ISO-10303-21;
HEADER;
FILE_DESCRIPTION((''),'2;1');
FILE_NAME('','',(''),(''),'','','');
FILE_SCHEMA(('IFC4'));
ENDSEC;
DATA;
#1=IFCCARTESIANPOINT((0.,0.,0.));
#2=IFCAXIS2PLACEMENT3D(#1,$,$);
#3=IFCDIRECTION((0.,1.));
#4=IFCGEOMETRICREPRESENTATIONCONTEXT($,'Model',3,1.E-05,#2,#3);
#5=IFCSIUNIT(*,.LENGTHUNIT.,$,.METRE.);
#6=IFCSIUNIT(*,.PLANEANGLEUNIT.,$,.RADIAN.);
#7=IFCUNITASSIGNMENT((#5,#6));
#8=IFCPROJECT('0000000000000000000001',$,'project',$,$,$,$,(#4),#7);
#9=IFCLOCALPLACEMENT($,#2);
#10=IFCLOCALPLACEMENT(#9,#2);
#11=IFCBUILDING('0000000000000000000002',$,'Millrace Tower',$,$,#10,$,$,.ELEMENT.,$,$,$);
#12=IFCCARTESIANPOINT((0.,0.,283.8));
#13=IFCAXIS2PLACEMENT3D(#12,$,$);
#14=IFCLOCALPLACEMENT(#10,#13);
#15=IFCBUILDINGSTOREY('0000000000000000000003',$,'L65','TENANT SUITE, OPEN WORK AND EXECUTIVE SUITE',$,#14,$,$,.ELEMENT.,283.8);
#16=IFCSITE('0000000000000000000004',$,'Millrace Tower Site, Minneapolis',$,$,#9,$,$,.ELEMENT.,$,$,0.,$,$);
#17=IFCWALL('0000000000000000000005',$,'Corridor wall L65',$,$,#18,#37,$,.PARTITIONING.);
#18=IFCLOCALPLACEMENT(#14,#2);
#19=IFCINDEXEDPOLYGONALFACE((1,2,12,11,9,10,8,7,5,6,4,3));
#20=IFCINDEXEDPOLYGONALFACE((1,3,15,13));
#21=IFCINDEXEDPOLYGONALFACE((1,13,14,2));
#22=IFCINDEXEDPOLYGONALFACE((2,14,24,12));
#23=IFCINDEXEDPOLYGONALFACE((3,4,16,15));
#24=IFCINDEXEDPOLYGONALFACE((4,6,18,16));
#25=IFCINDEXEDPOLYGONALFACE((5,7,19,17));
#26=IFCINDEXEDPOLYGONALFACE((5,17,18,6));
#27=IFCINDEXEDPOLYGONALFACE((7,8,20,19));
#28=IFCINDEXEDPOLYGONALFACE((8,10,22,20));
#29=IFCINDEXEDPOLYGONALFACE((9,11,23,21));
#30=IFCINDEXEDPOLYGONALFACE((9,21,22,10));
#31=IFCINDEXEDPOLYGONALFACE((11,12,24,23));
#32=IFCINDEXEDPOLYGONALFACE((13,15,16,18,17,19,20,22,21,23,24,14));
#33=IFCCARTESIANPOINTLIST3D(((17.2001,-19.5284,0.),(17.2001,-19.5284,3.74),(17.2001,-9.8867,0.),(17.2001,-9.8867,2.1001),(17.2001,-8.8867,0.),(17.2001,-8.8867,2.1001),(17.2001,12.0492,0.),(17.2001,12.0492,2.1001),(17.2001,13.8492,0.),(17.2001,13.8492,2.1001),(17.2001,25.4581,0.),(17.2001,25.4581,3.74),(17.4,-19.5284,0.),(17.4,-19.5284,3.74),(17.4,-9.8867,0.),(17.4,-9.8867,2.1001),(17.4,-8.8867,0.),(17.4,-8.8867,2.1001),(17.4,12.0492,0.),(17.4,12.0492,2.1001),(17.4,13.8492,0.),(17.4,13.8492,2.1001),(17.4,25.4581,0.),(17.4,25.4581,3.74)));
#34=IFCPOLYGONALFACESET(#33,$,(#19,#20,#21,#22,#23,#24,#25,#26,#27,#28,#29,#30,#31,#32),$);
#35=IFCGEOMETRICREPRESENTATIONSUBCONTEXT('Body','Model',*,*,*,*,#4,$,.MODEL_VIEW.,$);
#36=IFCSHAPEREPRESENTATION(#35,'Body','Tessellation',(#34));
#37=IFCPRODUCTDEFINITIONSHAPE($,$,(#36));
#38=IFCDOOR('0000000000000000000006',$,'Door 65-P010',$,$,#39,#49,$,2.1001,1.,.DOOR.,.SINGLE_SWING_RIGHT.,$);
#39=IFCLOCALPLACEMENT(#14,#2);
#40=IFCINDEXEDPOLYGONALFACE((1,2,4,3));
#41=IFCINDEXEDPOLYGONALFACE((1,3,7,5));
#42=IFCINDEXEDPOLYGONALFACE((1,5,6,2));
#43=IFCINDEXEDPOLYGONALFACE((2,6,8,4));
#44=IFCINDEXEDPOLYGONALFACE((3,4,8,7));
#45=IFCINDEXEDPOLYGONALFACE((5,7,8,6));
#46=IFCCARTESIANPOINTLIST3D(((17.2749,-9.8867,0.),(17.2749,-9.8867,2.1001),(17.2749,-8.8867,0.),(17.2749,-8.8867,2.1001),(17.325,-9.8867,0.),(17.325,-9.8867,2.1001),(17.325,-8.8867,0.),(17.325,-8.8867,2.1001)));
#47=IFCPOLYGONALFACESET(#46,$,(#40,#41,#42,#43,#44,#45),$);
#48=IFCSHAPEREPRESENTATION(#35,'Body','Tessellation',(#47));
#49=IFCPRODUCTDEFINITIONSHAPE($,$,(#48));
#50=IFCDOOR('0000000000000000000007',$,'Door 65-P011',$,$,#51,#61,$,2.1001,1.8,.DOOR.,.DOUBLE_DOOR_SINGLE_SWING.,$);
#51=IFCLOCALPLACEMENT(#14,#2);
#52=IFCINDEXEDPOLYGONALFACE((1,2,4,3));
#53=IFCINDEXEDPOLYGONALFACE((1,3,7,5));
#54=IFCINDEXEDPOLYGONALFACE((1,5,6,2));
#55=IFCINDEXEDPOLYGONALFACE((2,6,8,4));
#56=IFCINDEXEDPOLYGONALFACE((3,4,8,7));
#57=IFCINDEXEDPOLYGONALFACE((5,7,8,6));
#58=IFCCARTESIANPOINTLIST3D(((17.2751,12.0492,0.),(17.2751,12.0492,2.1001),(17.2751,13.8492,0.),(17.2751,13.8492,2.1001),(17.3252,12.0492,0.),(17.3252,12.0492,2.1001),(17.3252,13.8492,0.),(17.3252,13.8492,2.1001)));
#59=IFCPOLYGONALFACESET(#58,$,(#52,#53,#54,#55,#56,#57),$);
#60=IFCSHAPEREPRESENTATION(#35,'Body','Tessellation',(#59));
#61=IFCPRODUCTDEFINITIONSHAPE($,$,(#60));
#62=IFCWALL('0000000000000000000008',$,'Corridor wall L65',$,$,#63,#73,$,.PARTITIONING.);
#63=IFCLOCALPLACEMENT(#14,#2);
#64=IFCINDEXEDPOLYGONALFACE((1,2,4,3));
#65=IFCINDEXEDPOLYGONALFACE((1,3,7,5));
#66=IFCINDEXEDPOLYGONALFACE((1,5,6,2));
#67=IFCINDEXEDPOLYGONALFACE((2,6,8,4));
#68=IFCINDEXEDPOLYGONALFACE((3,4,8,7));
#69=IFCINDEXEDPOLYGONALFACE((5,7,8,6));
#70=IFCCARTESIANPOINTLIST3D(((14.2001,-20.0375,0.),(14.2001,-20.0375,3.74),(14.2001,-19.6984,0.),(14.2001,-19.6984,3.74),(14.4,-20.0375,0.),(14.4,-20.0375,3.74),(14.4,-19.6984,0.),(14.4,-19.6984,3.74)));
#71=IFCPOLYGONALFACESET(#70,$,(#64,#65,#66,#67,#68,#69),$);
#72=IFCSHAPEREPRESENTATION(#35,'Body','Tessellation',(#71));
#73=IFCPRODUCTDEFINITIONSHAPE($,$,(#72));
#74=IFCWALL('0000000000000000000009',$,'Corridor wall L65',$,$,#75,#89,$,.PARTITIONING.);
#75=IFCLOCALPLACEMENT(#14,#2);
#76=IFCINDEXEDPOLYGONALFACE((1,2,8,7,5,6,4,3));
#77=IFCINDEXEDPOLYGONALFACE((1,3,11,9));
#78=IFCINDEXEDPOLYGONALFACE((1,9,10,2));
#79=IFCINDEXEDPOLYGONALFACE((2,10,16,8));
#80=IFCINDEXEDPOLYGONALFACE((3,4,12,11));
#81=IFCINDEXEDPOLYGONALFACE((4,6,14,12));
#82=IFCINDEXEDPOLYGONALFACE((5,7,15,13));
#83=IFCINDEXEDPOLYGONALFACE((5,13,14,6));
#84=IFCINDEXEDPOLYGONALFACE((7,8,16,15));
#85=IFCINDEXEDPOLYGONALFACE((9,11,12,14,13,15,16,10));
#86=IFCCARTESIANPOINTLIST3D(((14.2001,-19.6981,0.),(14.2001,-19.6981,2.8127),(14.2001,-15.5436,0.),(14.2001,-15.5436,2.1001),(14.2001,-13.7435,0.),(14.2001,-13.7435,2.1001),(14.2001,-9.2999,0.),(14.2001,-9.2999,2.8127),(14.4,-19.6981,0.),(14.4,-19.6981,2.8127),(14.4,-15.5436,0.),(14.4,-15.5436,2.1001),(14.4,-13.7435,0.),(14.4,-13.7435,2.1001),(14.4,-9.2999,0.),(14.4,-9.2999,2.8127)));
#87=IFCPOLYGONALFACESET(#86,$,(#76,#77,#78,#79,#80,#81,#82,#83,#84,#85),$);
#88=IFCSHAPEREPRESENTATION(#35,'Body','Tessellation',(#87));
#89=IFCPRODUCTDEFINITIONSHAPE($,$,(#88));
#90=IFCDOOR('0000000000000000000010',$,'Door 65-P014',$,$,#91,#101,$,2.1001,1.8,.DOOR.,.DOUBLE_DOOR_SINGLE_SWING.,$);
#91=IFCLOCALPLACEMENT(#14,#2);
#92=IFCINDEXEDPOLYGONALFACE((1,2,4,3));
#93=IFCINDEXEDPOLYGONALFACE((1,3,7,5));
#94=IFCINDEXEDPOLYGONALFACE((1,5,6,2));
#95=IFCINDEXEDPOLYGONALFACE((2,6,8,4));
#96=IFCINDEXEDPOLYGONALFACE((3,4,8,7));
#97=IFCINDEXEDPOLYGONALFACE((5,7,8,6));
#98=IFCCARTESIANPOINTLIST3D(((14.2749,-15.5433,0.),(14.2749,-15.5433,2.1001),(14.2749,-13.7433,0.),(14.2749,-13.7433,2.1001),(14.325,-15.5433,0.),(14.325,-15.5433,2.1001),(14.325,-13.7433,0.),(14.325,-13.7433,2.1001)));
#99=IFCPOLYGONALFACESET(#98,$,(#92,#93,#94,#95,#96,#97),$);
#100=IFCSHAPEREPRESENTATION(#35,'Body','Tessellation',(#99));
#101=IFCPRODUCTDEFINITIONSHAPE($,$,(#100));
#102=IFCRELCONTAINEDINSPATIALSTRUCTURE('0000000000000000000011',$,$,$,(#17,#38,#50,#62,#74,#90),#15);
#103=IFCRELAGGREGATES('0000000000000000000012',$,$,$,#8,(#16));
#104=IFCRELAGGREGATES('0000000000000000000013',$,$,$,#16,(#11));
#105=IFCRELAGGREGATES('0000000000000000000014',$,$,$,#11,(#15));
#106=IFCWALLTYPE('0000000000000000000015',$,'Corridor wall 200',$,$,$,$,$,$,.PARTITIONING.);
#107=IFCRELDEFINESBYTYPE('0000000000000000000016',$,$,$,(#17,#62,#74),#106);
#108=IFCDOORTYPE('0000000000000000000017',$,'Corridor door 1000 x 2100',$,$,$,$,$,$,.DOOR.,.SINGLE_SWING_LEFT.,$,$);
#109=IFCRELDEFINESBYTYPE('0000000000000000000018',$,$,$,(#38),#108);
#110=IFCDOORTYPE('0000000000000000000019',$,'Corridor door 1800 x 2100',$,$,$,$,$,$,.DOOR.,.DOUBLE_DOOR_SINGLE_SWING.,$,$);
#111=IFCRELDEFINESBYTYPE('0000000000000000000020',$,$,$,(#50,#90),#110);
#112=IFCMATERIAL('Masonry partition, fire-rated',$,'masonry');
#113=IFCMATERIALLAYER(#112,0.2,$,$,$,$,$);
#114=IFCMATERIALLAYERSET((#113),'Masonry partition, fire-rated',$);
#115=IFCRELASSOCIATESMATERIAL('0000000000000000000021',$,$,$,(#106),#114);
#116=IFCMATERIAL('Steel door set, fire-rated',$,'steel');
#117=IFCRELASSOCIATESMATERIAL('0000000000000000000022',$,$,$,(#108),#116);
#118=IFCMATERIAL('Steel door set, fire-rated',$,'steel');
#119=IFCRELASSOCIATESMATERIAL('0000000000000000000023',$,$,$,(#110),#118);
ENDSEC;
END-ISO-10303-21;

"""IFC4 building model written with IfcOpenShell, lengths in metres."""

from ifc_helpers import new_model, si_unit, direction, frame, frame_2d, origin, place, context, subcontext, project, spatial, rectangle, extrude, material, layer, layer_set, type_object, element, fill, save


model = new_model("IFC4")

# Units and contexts
model_context = context("Model", 3, precision=1e-05, world=origin(), true_north=direction((0.0, 1.0)))
body_context = subcontext(model_context, "Body", "Model", "MODEL_VIEW")
ifc_project = project(units=[si_unit("LENGTHUNIT", "METRE"), si_unit("PLANEANGLEUNIT", "RADIAN")], contexts=[model_context])

# Site, building, storey
site_placement = place(None, origin())
site = spatial("IfcSite", under=ifc_project, at=site_placement, Name="Millrace Tower Site, Minneapolis", CompositionType="ELEMENT", RefElevation=0.0)
building_placement = place(site_placement, origin())
building = spatial("IfcBuilding", under=site, at=building_placement, Name="Millrace Tower", CompositionType="ELEMENT")
storey_placement = place(building_placement, frame((0.0, 0.0, 283.8)))
storey = spatial("IfcBuildingStorey", under=building, at=storey_placement, Name="L65", Description="TENANT SUITE, OPEN WORK AND EXECUTIVE SUITE", CompositionType="ELEMENT", Elevation=283.8)

# Wall, openings, doors
ifc_material_1 = material(Name="Masonry partition, fire-rated", Category="masonry")
ifc_layer_1 = layer(ifc_material_1, 0.2)
ifc_layer_set_1 = layer_set([ifc_layer_1], Name="Masonry partition, fire-rated")
wall_type = type_object("IfcWallType", Name="Corridor wall 200", PredefinedType="PARTITIONING", material=ifc_layer_set_1)
wall_1_placement = place(storey_placement, frame((17.3, -19.5283, 0.0), z_axis=(0.0, 0.0, 1.0), x_axis=(0.0, 1.0, 0.0)))
wall_1 = element("IfcWall", 1, at=wall_1_placement, inside=storey, type_object=wall_type, Name="Corridor wall L65", PredefinedType="PARTITIONING", context=body_context, shape_type="SweptSolid", body=[
    extrude(rectangle(XDim=44.9866, YDim=0.2, at=frame_2d((22.4932, 0.0))), origin(), (0.0, 0.0, 1.0), 3.74),
])
opening_1_placement = place(wall_1_placement, frame((9.6416, 0.0, 0.0)))
opening_1 = element("IfcOpeningElement", 2, at=opening_1_placement, cuts=wall_1, PredefinedType="OPENING", context=body_context, shape_type="SweptSolid", body=[
    extrude(rectangle(XDim=1.0, YDim=2.1001, at=frame_2d((0.5, 1.05))), frame((0.0, 0.1099, 0.0), z_axis=(0.0, -1.0, 0.0), x_axis=(1.0, 0.0, 0.0)), (0.0, 0.0, 1.0), 0.22),
])
opening_2_placement = place(wall_1_placement, frame((31.5776, 0.0, 0.0)))
opening_2 = element("IfcOpeningElement", 3, at=opening_2_placement, cuts=wall_1, PredefinedType="OPENING", context=body_context, shape_type="SweptSolid", body=[
    extrude(rectangle(XDim=1.8, YDim=2.1001, at=frame_2d((0.8999, 1.05))), frame((0.0, 0.1099, 0.0), z_axis=(0.0, -1.0, 0.0), x_axis=(1.0, 0.0, 0.0)), (0.0, 0.0, 1.0), 0.22),
])
ifc_material_2 = material(Name="Steel door set, fire-rated", Category="steel")
door_type_1 = type_object("IfcDoorType", Name="Corridor door 1000 x 2100", OperationType="SINGLE_SWING_LEFT", PredefinedType="DOOR", material=ifc_material_2)
door_1_placement = place(opening_1_placement, frame((1.0, 0.0, 0.0), z_axis=(0.0, 0.0, 1.0), x_axis=(-1.0, 0.0, 0.0)))
door_1 = element("IfcDoor", 4, at=door_1_placement, inside=storey, type_object=door_type_1, Name="Door 65-P010", OperationType="SINGLE_SWING_RIGHT", OverallHeight=2.1001, OverallWidth=1.0, PredefinedType="DOOR", context=body_context, shape_type="SweptSolid", body=[
    extrude(rectangle(XDim=1.0, YDim=2.1001, at=frame_2d((0.5, 1.05))), frame((0.0, 0.0249, 0.0), z_axis=(0.0, -1.0, 0.0), x_axis=(1.0, 0.0, 0.0)), (0.0, 0.0, 1.0), 0.05),
])
fill(opening_1, door_1)
ifc_material_3 = material(Name="Steel door set, fire-rated", Category="steel")
door_type_2 = type_object("IfcDoorType", Name="Corridor door 1800 x 2100", OperationType="DOUBLE_DOOR_SINGLE_SWING", PredefinedType="DOOR", material=ifc_material_3)
door_2_placement = place(opening_2_placement, origin())
door_2 = element("IfcDoor", 5, at=door_2_placement, inside=storey, type_object=door_type_2, Name="Door 65-P011", OperationType="DOUBLE_DOOR_SINGLE_SWING", OverallHeight=2.1001, OverallWidth=1.8, PredefinedType="DOOR", context=body_context, shape_type="SweptSolid", body=[
    extrude(rectangle(XDim=1.8, YDim=2.1001, at=frame_2d((0.8999, 1.05))), frame((0.0, 0.0249, 0.0), z_axis=(0.0, -1.0, 0.0), x_axis=(1.0, 0.0, 0.0)), (0.0, 0.0, 1.0), 0.05),
])
fill(opening_2, door_2)

# Wall
wall_2_placement = place(storey_placement, frame((14.3, -20.0374, 0.0), z_axis=(0.0, 0.0, 1.0), x_axis=(0.0, 1.0, 0.0)))
element("IfcWall", 6, at=wall_2_placement, inside=storey, type_object=wall_type, Name="Corridor wall L65", PredefinedType="PARTITIONING", context=body_context, shape_type="SweptSolid", body=[
    extrude(rectangle(XDim=0.3391, YDim=0.2, at=frame_2d((0.1694, 0.0))), origin(), (0.0, 0.0, 1.0), 3.74),
])

# Wall, opening, door
wall_3_placement = place(storey_placement, frame((14.3, -19.6982, 0.0), z_axis=(0.0, 0.0, 1.0), x_axis=(0.0, 1.0, 0.0)))
wall_3 = element("IfcWall", 7, at=wall_3_placement, inside=storey, type_object=wall_type, Name="Corridor wall L65", PredefinedType="PARTITIONING", context=body_context, shape_type="SweptSolid", body=[
    extrude(rectangle(XDim=10.3982, YDim=0.2, at=frame_2d((5.1992, 0.0))), origin(), (0.0, 0.0, 1.0), 2.8127),
])
opening_3_placement = place(wall_3_placement, frame((4.1548, 0.0, 0.0)))
opening_3 = element("IfcOpeningElement", 8, at=opening_3_placement, cuts=wall_3, PredefinedType="OPENING", context=body_context, shape_type="SweptSolid", body=[
    extrude(rectangle(XDim=1.8, YDim=2.1001, at=frame_2d((0.8999, 1.05))), frame((0.0, 0.1099, 0.0), z_axis=(0.0, -1.0, 0.0), x_axis=(1.0, 0.0, 0.0)), (0.0, 0.0, 1.0), 0.22),
])
door_3_placement = place(opening_3_placement, frame((1.8, 0.0, 0.0), z_axis=(0.0, 0.0, 1.0), x_axis=(-1.0, 0.0, 0.0)))
door_3 = element("IfcDoor", 9, at=door_3_placement, inside=storey, type_object=door_type_2, Name="Door 65-P014", OperationType="DOUBLE_DOOR_SINGLE_SWING", OverallHeight=2.1001, OverallWidth=1.8, PredefinedType="DOOR", context=body_context, shape_type="SweptSolid", body=[
    extrude(rectangle(XDim=1.8, YDim=2.1001, at=frame_2d((0.8999, 1.05))), frame((0.0, 0.0249, 0.0), z_axis=(0.0, -1.0, 0.0), x_axis=(1.0, 0.0, 0.0)), (0.0, 0.0, 1.0), 0.05),
])
fill(opening_3, door_3)

save(model, "model.ifc")
